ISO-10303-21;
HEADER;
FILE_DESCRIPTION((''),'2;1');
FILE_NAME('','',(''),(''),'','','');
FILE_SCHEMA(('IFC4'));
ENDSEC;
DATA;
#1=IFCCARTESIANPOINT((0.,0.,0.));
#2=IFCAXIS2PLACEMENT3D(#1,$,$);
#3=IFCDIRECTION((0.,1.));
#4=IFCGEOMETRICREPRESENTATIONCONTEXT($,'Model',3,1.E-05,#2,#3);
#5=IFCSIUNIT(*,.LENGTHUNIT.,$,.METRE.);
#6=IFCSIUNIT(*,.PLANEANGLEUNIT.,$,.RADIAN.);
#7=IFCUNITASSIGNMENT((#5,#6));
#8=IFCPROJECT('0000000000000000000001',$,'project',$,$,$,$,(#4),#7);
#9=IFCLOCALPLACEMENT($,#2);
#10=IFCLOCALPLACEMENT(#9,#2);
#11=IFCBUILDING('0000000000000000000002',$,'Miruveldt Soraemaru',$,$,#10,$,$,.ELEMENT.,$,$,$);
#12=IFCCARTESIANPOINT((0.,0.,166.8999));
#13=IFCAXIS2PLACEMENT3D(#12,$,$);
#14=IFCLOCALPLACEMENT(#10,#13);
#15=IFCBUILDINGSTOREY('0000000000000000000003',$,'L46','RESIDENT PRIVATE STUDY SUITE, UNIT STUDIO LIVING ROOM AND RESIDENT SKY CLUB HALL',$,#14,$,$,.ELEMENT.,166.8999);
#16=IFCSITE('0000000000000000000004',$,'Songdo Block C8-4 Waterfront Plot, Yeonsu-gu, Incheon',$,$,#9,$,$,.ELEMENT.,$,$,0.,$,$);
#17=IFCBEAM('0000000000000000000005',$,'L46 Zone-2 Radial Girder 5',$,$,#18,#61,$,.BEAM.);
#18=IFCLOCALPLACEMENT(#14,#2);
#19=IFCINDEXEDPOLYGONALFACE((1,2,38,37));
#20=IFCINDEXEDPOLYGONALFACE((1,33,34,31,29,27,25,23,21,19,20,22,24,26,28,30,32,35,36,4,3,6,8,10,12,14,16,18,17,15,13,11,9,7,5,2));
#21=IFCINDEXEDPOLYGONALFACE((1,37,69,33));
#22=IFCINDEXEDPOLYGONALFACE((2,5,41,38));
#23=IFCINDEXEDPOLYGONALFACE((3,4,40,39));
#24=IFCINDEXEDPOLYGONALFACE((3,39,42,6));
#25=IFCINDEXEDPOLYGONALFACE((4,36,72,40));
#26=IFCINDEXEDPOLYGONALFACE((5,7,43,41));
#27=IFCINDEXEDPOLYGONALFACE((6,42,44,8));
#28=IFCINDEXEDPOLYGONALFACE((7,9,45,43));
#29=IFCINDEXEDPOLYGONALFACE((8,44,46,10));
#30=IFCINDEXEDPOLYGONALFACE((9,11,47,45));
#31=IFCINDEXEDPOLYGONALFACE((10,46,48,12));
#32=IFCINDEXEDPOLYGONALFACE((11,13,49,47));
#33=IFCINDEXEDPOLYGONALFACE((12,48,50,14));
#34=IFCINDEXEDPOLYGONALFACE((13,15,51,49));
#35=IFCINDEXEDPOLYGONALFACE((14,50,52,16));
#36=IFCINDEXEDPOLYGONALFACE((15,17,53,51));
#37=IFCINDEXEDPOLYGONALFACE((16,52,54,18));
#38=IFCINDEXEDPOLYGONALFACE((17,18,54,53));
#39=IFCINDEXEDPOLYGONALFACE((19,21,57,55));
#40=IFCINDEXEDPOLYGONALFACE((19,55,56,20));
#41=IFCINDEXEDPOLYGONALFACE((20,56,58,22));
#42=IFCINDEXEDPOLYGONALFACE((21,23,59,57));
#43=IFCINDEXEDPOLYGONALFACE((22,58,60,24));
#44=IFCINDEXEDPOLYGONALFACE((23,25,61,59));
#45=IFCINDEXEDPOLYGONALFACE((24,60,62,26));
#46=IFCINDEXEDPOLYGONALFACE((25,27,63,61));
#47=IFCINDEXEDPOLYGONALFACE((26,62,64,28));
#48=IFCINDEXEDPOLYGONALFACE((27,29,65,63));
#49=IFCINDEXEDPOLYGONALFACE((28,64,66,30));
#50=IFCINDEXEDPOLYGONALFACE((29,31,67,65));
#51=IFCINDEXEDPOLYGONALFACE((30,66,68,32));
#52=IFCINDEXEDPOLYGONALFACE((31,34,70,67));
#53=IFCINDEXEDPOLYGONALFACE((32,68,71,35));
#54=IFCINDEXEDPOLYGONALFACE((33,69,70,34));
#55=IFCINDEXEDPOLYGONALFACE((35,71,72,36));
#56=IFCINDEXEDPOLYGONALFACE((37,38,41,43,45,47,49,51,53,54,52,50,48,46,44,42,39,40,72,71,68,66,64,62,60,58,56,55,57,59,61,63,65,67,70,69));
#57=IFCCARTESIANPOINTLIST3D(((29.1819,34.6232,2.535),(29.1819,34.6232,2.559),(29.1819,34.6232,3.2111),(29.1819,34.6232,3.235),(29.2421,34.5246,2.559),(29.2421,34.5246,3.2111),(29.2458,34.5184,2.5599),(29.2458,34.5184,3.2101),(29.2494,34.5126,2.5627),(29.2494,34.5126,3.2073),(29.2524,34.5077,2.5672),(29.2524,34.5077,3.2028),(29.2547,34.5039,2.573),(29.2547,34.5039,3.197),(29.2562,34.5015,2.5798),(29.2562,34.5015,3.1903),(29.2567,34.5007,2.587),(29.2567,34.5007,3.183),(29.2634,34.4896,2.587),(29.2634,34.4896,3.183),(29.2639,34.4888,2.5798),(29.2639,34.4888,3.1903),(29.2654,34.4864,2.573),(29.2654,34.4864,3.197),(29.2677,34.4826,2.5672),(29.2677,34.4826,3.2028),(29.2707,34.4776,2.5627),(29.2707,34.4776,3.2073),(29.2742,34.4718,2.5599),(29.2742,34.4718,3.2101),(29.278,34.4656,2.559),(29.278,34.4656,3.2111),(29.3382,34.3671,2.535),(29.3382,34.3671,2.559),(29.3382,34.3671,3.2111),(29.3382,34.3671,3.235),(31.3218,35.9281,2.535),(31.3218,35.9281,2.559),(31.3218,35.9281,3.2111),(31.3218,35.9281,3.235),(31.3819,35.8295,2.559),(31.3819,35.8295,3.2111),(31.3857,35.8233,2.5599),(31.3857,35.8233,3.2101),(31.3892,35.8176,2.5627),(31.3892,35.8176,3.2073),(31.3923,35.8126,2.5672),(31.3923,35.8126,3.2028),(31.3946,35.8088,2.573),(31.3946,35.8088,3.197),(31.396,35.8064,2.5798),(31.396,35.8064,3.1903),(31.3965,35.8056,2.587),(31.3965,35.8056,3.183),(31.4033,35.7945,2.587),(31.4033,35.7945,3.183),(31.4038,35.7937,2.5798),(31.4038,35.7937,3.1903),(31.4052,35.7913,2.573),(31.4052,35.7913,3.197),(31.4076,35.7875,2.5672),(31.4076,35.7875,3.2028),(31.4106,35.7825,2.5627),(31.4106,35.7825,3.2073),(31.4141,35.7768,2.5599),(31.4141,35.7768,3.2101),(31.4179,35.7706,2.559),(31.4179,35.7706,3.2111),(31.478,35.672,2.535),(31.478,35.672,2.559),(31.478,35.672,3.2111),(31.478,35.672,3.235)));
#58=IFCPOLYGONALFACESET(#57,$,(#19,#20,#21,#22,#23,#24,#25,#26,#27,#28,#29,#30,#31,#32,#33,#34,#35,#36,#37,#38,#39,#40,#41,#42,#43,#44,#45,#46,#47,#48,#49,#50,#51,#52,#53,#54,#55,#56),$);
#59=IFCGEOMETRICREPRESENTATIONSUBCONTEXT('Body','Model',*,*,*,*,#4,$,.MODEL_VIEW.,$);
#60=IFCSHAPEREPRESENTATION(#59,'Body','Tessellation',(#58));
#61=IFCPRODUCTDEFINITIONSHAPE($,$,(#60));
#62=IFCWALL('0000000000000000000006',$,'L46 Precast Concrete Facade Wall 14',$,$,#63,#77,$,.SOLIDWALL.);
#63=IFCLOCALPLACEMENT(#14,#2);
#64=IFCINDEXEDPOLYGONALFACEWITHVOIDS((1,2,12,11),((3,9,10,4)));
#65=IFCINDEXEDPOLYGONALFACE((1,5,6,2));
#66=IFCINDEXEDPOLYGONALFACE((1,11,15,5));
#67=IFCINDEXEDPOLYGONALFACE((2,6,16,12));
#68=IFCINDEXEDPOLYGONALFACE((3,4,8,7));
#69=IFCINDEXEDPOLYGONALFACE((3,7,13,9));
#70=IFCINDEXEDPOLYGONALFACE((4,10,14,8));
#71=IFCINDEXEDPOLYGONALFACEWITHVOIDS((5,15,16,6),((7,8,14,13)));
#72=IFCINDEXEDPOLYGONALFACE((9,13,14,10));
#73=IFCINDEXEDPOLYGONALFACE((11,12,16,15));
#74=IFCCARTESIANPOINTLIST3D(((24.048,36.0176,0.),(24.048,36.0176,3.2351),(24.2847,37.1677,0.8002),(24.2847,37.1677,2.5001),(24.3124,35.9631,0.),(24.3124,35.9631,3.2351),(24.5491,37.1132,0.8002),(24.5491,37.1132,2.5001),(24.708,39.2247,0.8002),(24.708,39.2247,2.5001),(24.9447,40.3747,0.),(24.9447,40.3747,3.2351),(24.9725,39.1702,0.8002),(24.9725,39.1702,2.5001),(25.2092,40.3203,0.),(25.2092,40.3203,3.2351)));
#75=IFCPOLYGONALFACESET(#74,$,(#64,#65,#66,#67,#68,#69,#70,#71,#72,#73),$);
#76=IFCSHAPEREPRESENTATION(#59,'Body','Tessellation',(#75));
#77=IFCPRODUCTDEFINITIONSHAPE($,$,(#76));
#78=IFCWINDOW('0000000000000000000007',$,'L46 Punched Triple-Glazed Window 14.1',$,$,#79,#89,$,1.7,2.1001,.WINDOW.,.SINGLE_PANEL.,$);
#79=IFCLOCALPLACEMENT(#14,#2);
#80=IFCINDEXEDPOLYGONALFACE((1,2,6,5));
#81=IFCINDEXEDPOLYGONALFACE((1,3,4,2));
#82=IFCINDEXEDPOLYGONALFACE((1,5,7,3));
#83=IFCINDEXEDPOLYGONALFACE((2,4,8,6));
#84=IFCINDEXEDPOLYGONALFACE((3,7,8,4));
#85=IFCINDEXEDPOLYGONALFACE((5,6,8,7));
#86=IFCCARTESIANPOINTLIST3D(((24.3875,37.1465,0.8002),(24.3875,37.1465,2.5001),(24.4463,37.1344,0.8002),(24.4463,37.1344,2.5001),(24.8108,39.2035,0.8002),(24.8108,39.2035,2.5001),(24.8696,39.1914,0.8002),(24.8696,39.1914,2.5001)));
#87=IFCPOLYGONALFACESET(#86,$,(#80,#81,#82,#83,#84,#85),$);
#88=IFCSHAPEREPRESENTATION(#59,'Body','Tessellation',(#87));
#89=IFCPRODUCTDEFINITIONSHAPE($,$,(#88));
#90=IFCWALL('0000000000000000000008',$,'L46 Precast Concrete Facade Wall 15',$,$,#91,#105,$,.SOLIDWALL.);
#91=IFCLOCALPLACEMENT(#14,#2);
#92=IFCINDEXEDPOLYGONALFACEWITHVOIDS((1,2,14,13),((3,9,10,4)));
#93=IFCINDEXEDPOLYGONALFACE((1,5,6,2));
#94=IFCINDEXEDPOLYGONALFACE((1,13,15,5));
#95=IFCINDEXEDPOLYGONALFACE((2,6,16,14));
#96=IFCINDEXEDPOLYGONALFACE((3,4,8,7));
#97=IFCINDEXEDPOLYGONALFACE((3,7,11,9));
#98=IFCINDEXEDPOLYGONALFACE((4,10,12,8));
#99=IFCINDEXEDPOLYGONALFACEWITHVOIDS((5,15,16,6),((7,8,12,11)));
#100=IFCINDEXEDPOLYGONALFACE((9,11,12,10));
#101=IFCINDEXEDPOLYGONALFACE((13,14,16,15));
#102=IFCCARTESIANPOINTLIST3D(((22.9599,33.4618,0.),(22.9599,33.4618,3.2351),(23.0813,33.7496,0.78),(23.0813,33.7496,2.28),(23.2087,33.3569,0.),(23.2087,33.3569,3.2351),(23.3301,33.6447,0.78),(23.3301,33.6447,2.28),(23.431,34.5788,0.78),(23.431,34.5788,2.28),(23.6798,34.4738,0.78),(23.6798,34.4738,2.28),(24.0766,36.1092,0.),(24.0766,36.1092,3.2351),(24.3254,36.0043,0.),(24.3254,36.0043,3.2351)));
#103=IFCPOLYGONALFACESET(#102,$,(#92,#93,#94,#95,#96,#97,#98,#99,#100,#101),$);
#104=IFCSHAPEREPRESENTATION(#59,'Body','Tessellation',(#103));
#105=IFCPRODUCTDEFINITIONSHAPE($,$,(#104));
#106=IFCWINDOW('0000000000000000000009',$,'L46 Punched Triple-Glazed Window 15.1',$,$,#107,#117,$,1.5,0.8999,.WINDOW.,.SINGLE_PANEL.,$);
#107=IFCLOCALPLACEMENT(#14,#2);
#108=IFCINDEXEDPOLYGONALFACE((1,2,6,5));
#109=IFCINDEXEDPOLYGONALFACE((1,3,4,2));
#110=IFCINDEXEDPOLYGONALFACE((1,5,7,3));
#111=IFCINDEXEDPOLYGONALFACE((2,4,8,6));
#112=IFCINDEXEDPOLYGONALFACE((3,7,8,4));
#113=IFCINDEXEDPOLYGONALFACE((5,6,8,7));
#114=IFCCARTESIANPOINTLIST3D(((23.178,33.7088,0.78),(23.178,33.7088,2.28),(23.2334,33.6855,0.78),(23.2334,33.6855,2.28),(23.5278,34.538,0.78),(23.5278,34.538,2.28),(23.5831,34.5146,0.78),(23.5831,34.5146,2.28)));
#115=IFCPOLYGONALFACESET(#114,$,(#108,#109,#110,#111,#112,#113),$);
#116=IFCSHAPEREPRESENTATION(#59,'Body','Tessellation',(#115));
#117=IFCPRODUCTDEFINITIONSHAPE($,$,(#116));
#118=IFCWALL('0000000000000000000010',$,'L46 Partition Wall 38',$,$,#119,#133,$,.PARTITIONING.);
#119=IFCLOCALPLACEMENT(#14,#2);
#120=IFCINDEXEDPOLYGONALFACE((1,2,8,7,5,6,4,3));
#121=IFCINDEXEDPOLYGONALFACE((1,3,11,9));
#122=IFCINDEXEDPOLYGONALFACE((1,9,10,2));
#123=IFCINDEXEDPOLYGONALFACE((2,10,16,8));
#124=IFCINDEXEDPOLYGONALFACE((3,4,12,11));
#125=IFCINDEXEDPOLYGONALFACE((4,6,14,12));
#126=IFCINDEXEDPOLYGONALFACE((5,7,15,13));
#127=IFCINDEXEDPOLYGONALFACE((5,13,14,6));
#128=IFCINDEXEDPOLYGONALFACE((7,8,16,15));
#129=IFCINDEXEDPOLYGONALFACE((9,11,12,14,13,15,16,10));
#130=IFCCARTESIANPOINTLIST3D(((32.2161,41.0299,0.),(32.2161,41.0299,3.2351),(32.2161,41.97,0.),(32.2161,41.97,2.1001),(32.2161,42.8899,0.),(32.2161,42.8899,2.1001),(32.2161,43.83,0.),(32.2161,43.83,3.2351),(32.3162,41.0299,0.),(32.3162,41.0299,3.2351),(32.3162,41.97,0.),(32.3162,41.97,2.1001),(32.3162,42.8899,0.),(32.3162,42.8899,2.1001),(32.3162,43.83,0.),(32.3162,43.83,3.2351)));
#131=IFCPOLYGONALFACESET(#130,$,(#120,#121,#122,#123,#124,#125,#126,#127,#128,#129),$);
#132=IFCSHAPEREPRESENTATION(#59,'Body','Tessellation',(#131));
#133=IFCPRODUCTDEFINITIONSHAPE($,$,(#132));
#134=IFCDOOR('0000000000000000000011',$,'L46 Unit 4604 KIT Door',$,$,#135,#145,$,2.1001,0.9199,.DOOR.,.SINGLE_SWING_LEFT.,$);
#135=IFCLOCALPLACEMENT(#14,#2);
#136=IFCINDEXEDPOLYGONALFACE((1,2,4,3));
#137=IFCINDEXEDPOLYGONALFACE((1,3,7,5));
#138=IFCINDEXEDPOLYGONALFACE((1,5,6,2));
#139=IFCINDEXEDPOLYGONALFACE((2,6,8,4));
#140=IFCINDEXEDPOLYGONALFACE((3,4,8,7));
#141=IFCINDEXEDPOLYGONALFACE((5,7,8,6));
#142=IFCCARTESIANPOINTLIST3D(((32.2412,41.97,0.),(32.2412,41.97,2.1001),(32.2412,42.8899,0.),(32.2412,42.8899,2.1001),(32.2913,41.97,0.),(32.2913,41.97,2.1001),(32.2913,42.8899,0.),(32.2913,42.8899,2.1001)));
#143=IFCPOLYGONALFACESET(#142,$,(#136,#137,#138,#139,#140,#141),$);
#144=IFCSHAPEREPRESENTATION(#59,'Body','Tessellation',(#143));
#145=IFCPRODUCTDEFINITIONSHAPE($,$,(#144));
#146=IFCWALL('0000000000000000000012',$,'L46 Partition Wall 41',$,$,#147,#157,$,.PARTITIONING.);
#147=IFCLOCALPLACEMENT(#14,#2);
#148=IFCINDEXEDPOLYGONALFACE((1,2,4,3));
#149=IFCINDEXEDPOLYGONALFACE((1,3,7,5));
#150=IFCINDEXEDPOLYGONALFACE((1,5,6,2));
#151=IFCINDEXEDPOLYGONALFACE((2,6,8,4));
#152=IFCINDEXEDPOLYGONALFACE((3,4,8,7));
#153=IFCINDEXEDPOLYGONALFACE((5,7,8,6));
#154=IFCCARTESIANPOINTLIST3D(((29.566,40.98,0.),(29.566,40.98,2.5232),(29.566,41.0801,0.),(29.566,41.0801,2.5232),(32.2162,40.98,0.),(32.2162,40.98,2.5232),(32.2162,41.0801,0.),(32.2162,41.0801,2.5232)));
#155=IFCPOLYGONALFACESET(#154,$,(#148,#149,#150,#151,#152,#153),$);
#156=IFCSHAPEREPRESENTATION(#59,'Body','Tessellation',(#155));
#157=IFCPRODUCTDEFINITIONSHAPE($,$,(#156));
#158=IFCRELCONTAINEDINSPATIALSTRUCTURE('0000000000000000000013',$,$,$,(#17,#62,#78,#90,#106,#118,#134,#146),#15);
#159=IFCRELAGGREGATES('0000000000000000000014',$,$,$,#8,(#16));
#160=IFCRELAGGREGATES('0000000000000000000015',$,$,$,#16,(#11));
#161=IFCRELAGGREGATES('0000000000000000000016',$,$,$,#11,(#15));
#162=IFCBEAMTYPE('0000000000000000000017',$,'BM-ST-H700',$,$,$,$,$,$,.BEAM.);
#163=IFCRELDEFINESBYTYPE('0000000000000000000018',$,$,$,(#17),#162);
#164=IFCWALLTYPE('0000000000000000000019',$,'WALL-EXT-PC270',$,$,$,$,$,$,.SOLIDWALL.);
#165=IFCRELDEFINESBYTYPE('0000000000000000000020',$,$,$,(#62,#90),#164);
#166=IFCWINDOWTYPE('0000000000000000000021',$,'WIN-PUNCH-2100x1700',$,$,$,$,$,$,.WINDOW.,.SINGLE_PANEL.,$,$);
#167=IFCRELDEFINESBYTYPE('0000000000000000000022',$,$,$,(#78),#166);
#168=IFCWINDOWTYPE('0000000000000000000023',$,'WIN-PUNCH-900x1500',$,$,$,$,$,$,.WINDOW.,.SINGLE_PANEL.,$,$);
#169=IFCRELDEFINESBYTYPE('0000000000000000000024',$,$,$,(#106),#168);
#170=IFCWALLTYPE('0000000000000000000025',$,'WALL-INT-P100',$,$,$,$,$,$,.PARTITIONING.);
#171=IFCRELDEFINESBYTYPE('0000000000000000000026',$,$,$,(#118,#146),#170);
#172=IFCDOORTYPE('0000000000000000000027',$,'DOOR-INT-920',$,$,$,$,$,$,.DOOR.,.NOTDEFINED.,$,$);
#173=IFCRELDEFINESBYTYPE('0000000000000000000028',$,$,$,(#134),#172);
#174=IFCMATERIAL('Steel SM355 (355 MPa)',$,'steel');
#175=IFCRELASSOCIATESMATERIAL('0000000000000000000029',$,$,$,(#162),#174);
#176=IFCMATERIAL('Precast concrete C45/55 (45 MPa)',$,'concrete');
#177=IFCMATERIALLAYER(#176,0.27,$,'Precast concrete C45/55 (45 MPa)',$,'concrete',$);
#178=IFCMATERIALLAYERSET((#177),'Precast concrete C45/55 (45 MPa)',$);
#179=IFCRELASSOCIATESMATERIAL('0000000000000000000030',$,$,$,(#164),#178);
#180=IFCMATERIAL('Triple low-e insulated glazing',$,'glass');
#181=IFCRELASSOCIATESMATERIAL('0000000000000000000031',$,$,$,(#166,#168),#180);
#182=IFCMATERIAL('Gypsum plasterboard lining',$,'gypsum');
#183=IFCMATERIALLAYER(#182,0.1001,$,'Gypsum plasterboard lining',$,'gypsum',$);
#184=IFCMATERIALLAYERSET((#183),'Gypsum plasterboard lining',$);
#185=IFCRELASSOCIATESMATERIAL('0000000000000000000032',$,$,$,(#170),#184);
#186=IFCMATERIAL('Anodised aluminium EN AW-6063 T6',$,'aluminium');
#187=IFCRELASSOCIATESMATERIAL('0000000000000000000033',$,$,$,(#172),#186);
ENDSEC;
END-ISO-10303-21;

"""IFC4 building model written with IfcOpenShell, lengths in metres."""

from ifc_helpers import new_model, si_unit, direction, frame, frame_2d, origin, origin_2d, place, context, subcontext, project, spatial, rectangle, i_section, extrude, material, layer, layer_set, material_profile, profile_set, type_object, element, fill, save


model = new_model("IFC4")

# Units and contexts
model_context = context("Model", 3, precision=1e-05, world=origin(), true_north=direction((0.0, 1.0)))
body_context = subcontext(model_context, "Body", "Model", "MODEL_VIEW")
ifc_project = project(units=[si_unit("LENGTHUNIT", "METRE"), si_unit("PLANEANGLEUNIT", "RADIAN")], contexts=[model_context])

# Site, building, storey
site_placement = place(None, origin())
site = spatial("IfcSite", under=ifc_project, at=site_placement, Name="Songdo Block C8-4 Waterfront Plot, Yeonsu-gu, Incheon", CompositionType="ELEMENT", RefElevation=0.0)
building_placement = place(site_placement, origin())
building = spatial("IfcBuilding", under=site, at=building_placement, Name="Miruveldt Soraemaru", CompositionType="ELEMENT")
storey_placement = place(building_placement, frame((0.0, 0.0, 166.8999)))
storey = spatial("IfcBuildingStorey", under=building, at=storey_placement, Name="L46", Description="RESIDENT PRIVATE STUDY SUITE, UNIT STUDIO LIVING ROOM AND RESIDENT SKY CLUB HALL", CompositionType="ELEMENT", Elevation=166.8999)

# Beam
ifc_material_1 = material(Name="Steel SM355 (355 MPa)", Category="steel")
ifc_material_profile_1 = material_profile(ifc_material_1, i_section(OverallWidth=0.3, OverallDepth=0.7, WebThickness=0.0129, FlangeThickness=0.0239, FilletRadius=0.0281, at=origin_2d()), Name="Steel SM355 (355 MPa)", Category="steel")
ifc_profile_set_1 = profile_set([ifc_material_profile_1], Name="Steel SM355 (355 MPa)")
beam_type_1 = type_object("IfcBeamType", Name="BM-ST-H700", PredefinedType="BEAM", material=ifc_profile_set_1)
beam_1_placement = place(storey_placement, frame((31.3999, 35.8, 2.885), z_axis=(-0.853775, -0.520642, 0.0), x_axis=(0.520642, -0.853775, 0.0)))
element("IfcBeam", 1, at=beam_1_placement, inside=storey, type_object=beam_type_1, Name="L46 Zone-2 Radial Girder 5", PredefinedType="BEAM", context=body_context, shape_type="SweptSolid", body=[
    extrude(i_section(OverallWidth=0.3, OverallDepth=0.7, WebThickness=0.0129, FlangeThickness=0.0239, FilletRadius=0.0281, at=origin_2d()), origin(), (0.0, 0.0, 1.0), 2.5063),
])

# Walls, openings, windows
ifc_material_2 = material(Name="Precast concrete C45/55 (45 MPa)", Category="concrete")
ifc_layer_1 = layer(ifc_material_2, 0.27, Name="Precast concrete C45/55 (45 MPa)", Category="concrete")
ifc_layer_set_1 = layer_set([ifc_layer_1], Name="Precast concrete C45/55 (45 MPa)")
wall_type_1 = type_object("IfcWallType", Name="WALL-EXT-PC270", PredefinedType="SOLIDWALL", material=ifc_layer_set_1)
wall_1_placement = place(storey_placement, frame((25.0769, 40.3474, 0.0), z_axis=(0.0, 0.0, 1.0), x_axis=(-0.20158, -0.979472, 0.0)))
wall_1 = element("IfcWall", 2, at=wall_1_placement, inside=storey, type_object=wall_type_1, Name="L46 Precast Concrete Facade Wall 14", PredefinedType="SOLIDWALL", context=body_context, shape_type="SweptSolid", body=[
    extrude(rectangle(XDim=4.4485, YDim=0.27, at=frame_2d((2.2241, 0.0))), origin(), (0.0, 0.0, 1.0), 3.2351),
])
opening_1_placement = place(wall_1_placement, frame((1.1741, 0.0, 0.8)))
opening_1 = element("IfcOpeningElement", 3, at=opening_1_placement, cuts=wall_1, PredefinedType="OPENING", context=body_context, shape_type="SweptSolid", body=[
    extrude(rectangle(XDim=2.1001, YDim=1.7, at=frame_2d((1.05, 0.8501))), frame((0.0, 0.145, 0.0), z_axis=(0.0, -1.0, 0.0), x_axis=(1.0, 0.0, 0.0)), (0.0, 0.0, 1.0), 0.29),
])
ifc_material_3 = material(Name="Triple low-e insulated glazing", Category="glass")
window_type_1 = type_object("IfcWindowType", Name="WIN-PUNCH-2100x1700", PartitioningType="SINGLE_PANEL", PredefinedType="WINDOW", material=ifc_material_3)
window_1_placement = place(opening_1_placement, origin())
window_1 = element("IfcWindow", 4, at=window_1_placement, inside=storey, type_object=window_type_1, Name="L46 Punched Triple-Glazed Window 14.1", OverallHeight=1.7, OverallWidth=2.1001, PartitioningType="SINGLE_PANEL", PredefinedType="WINDOW", context=body_context, shape_type="SweptSolid", body=[
    extrude(rectangle(XDim=2.1001, YDim=1.7, at=frame_2d((1.05, 0.8501))), frame((0.0, 0.03, 0.0), z_axis=(0.0, -1.0, 0.0), x_axis=(1.0, 0.0, 0.0)), (0.0, 0.0, 1.0), 0.0601),
])
fill(opening_1, window_1)
wall_2_placement = place(storey_placement, frame((24.2009, 36.0566, 0.0), z_axis=(0.0, 0.0, 1.0), x_axis=(-0.388642, -0.921389, 0.0)))
wall_2 = element("IfcWall", 5, at=wall_2_placement, inside=storey, type_object=wall_type_1, Name="L46 Precast Concrete Facade Wall 15", PredefinedType="SOLIDWALL", context=body_context, shape_type="SweptSolid", body=[
    extrude(rectangle(XDim=2.8733, YDim=0.27, at=frame_2d((1.4365, 0.0))), origin(), (0.0, 0.0, 1.0), 3.2351),
])
opening_2_placement = place(wall_2_placement, frame((1.6609, 0.0, 0.78)))
opening_2 = element("IfcOpeningElement", 6, at=opening_2_placement, cuts=wall_2, PredefinedType="OPENING", context=body_context, shape_type="SweptSolid", body=[
    extrude(rectangle(XDim=0.8999, YDim=1.5, at=frame_2d((0.45, 0.75))), frame((0.0, 0.145, 0.0), z_axis=(0.0, -1.0, 0.0), x_axis=(1.0, 0.0, 0.0)), (0.0, 0.0, 1.0), 0.29),
])
window_type_2 = type_object("IfcWindowType", Name="WIN-PUNCH-900x1500", PartitioningType="SINGLE_PANEL", PredefinedType="WINDOW", material=ifc_material_3)
window_2_placement = place(opening_2_placement, origin())
window_2 = element("IfcWindow", 7, at=window_2_placement, inside=storey, type_object=window_type_2, Name="L46 Punched Triple-Glazed Window 15.1", OverallHeight=1.5, OverallWidth=0.8999, PartitioningType="SINGLE_PANEL", PredefinedType="WINDOW", context=body_context, shape_type="SweptSolid", body=[
    extrude(rectangle(XDim=0.8999, YDim=1.5, at=frame_2d((0.45, 0.75))), frame((0.0, 0.03, 0.0), z_axis=(0.0, -1.0, 0.0), x_axis=(1.0, 0.0, 0.0)), (0.0, 0.0, 1.0), 0.0601),
])
fill(opening_2, window_2)

# Wall, opening, door
ifc_material_4 = material(Name="Gypsum plasterboard lining", Category="gypsum")
ifc_layer_2 = layer(ifc_material_4, 0.1001, Name="Gypsum plasterboard lining", Category="gypsum")
ifc_layer_set_2 = layer_set([ifc_layer_2], Name="Gypsum plasterboard lining")
wall_type_2 = type_object("IfcWallType", Name="WALL-INT-P100", PredefinedType="PARTITIONING", material=ifc_layer_set_2)
wall_3_placement = place(storey_placement, frame((32.2661, 41.03, 0.0), z_axis=(0.0, 0.0, 1.0), x_axis=(0.0, 1.0, 0.0)))
wall_3 = element("IfcWall", 8, at=wall_3_placement, inside=storey, type_object=wall_type_2, Name="L46 Partition Wall 38", PredefinedType="PARTITIONING", context=body_context, shape_type="SweptSolid", body=[
    extrude(rectangle(XDim=2.8, YDim=0.1001, at=frame_2d((1.3999, 0.0))), origin(), (0.0, 0.0, 1.0), 3.2351),
])
opening_3_placement = place(wall_3_placement, frame((0.9399, 0.0, 0.0)))
opening_3 = element("IfcOpeningElement", 9, at=opening_3_placement, cuts=wall_3, PredefinedType="OPENING", context=body_context, shape_type="SweptSolid", body=[
    extrude(rectangle(XDim=0.9199, YDim=2.1001, at=frame_2d((0.46, 1.05))), frame((0.0, 0.0601, 0.0), z_axis=(0.0, -1.0, 0.0), x_axis=(1.0, 0.0, 0.0)), (0.0, 0.0, 1.0), 0.1201),
])
ifc_material_5 = material(Name="Anodised aluminium EN AW-6063 T6", Category="aluminium")
door_type_1 = type_object("IfcDoorType", Name="DOOR-INT-920", OperationType="NOTDEFINED", PredefinedType="DOOR", material=ifc_material_5)
door_1_placement = place(opening_3_placement, origin())
door_1 = element("IfcDoor", 10, at=door_1_placement, inside=storey, type_object=door_type_1, Name="L46 Unit 4604 KIT Door", OperationType="SINGLE_SWING_LEFT", OverallHeight=2.1001, OverallWidth=0.9199, PredefinedType="DOOR", context=body_context, shape_type="SweptSolid", body=[
    extrude(rectangle(XDim=0.9199, YDim=2.1001, at=frame_2d((0.46, 1.05))), frame((0.0, 0.0249, 0.0), z_axis=(0.0, -1.0, 0.0), x_axis=(1.0, 0.0, 0.0)), (0.0, 0.0, 1.0), 0.05),
])
fill(opening_3, door_1)

# Wall
wall_4_placement = place(storey_placement, frame((29.5659, 41.03, 0.0), z_axis=(0.0, 0.0, 1.0), x_axis=(1.0, 0.0, 0.0)))
element("IfcWall", 11, at=wall_4_placement, inside=storey, type_object=wall_type_2, Name="L46 Partition Wall 41", PredefinedType="PARTITIONING", context=body_context, shape_type="SweptSolid", body=[
    extrude(rectangle(XDim=2.6501, YDim=0.1001, at=frame_2d((1.3252, 0.0))), origin(), (0.0, 0.0, 1.0), 2.5232),
])

save(model, "model.ifc")
